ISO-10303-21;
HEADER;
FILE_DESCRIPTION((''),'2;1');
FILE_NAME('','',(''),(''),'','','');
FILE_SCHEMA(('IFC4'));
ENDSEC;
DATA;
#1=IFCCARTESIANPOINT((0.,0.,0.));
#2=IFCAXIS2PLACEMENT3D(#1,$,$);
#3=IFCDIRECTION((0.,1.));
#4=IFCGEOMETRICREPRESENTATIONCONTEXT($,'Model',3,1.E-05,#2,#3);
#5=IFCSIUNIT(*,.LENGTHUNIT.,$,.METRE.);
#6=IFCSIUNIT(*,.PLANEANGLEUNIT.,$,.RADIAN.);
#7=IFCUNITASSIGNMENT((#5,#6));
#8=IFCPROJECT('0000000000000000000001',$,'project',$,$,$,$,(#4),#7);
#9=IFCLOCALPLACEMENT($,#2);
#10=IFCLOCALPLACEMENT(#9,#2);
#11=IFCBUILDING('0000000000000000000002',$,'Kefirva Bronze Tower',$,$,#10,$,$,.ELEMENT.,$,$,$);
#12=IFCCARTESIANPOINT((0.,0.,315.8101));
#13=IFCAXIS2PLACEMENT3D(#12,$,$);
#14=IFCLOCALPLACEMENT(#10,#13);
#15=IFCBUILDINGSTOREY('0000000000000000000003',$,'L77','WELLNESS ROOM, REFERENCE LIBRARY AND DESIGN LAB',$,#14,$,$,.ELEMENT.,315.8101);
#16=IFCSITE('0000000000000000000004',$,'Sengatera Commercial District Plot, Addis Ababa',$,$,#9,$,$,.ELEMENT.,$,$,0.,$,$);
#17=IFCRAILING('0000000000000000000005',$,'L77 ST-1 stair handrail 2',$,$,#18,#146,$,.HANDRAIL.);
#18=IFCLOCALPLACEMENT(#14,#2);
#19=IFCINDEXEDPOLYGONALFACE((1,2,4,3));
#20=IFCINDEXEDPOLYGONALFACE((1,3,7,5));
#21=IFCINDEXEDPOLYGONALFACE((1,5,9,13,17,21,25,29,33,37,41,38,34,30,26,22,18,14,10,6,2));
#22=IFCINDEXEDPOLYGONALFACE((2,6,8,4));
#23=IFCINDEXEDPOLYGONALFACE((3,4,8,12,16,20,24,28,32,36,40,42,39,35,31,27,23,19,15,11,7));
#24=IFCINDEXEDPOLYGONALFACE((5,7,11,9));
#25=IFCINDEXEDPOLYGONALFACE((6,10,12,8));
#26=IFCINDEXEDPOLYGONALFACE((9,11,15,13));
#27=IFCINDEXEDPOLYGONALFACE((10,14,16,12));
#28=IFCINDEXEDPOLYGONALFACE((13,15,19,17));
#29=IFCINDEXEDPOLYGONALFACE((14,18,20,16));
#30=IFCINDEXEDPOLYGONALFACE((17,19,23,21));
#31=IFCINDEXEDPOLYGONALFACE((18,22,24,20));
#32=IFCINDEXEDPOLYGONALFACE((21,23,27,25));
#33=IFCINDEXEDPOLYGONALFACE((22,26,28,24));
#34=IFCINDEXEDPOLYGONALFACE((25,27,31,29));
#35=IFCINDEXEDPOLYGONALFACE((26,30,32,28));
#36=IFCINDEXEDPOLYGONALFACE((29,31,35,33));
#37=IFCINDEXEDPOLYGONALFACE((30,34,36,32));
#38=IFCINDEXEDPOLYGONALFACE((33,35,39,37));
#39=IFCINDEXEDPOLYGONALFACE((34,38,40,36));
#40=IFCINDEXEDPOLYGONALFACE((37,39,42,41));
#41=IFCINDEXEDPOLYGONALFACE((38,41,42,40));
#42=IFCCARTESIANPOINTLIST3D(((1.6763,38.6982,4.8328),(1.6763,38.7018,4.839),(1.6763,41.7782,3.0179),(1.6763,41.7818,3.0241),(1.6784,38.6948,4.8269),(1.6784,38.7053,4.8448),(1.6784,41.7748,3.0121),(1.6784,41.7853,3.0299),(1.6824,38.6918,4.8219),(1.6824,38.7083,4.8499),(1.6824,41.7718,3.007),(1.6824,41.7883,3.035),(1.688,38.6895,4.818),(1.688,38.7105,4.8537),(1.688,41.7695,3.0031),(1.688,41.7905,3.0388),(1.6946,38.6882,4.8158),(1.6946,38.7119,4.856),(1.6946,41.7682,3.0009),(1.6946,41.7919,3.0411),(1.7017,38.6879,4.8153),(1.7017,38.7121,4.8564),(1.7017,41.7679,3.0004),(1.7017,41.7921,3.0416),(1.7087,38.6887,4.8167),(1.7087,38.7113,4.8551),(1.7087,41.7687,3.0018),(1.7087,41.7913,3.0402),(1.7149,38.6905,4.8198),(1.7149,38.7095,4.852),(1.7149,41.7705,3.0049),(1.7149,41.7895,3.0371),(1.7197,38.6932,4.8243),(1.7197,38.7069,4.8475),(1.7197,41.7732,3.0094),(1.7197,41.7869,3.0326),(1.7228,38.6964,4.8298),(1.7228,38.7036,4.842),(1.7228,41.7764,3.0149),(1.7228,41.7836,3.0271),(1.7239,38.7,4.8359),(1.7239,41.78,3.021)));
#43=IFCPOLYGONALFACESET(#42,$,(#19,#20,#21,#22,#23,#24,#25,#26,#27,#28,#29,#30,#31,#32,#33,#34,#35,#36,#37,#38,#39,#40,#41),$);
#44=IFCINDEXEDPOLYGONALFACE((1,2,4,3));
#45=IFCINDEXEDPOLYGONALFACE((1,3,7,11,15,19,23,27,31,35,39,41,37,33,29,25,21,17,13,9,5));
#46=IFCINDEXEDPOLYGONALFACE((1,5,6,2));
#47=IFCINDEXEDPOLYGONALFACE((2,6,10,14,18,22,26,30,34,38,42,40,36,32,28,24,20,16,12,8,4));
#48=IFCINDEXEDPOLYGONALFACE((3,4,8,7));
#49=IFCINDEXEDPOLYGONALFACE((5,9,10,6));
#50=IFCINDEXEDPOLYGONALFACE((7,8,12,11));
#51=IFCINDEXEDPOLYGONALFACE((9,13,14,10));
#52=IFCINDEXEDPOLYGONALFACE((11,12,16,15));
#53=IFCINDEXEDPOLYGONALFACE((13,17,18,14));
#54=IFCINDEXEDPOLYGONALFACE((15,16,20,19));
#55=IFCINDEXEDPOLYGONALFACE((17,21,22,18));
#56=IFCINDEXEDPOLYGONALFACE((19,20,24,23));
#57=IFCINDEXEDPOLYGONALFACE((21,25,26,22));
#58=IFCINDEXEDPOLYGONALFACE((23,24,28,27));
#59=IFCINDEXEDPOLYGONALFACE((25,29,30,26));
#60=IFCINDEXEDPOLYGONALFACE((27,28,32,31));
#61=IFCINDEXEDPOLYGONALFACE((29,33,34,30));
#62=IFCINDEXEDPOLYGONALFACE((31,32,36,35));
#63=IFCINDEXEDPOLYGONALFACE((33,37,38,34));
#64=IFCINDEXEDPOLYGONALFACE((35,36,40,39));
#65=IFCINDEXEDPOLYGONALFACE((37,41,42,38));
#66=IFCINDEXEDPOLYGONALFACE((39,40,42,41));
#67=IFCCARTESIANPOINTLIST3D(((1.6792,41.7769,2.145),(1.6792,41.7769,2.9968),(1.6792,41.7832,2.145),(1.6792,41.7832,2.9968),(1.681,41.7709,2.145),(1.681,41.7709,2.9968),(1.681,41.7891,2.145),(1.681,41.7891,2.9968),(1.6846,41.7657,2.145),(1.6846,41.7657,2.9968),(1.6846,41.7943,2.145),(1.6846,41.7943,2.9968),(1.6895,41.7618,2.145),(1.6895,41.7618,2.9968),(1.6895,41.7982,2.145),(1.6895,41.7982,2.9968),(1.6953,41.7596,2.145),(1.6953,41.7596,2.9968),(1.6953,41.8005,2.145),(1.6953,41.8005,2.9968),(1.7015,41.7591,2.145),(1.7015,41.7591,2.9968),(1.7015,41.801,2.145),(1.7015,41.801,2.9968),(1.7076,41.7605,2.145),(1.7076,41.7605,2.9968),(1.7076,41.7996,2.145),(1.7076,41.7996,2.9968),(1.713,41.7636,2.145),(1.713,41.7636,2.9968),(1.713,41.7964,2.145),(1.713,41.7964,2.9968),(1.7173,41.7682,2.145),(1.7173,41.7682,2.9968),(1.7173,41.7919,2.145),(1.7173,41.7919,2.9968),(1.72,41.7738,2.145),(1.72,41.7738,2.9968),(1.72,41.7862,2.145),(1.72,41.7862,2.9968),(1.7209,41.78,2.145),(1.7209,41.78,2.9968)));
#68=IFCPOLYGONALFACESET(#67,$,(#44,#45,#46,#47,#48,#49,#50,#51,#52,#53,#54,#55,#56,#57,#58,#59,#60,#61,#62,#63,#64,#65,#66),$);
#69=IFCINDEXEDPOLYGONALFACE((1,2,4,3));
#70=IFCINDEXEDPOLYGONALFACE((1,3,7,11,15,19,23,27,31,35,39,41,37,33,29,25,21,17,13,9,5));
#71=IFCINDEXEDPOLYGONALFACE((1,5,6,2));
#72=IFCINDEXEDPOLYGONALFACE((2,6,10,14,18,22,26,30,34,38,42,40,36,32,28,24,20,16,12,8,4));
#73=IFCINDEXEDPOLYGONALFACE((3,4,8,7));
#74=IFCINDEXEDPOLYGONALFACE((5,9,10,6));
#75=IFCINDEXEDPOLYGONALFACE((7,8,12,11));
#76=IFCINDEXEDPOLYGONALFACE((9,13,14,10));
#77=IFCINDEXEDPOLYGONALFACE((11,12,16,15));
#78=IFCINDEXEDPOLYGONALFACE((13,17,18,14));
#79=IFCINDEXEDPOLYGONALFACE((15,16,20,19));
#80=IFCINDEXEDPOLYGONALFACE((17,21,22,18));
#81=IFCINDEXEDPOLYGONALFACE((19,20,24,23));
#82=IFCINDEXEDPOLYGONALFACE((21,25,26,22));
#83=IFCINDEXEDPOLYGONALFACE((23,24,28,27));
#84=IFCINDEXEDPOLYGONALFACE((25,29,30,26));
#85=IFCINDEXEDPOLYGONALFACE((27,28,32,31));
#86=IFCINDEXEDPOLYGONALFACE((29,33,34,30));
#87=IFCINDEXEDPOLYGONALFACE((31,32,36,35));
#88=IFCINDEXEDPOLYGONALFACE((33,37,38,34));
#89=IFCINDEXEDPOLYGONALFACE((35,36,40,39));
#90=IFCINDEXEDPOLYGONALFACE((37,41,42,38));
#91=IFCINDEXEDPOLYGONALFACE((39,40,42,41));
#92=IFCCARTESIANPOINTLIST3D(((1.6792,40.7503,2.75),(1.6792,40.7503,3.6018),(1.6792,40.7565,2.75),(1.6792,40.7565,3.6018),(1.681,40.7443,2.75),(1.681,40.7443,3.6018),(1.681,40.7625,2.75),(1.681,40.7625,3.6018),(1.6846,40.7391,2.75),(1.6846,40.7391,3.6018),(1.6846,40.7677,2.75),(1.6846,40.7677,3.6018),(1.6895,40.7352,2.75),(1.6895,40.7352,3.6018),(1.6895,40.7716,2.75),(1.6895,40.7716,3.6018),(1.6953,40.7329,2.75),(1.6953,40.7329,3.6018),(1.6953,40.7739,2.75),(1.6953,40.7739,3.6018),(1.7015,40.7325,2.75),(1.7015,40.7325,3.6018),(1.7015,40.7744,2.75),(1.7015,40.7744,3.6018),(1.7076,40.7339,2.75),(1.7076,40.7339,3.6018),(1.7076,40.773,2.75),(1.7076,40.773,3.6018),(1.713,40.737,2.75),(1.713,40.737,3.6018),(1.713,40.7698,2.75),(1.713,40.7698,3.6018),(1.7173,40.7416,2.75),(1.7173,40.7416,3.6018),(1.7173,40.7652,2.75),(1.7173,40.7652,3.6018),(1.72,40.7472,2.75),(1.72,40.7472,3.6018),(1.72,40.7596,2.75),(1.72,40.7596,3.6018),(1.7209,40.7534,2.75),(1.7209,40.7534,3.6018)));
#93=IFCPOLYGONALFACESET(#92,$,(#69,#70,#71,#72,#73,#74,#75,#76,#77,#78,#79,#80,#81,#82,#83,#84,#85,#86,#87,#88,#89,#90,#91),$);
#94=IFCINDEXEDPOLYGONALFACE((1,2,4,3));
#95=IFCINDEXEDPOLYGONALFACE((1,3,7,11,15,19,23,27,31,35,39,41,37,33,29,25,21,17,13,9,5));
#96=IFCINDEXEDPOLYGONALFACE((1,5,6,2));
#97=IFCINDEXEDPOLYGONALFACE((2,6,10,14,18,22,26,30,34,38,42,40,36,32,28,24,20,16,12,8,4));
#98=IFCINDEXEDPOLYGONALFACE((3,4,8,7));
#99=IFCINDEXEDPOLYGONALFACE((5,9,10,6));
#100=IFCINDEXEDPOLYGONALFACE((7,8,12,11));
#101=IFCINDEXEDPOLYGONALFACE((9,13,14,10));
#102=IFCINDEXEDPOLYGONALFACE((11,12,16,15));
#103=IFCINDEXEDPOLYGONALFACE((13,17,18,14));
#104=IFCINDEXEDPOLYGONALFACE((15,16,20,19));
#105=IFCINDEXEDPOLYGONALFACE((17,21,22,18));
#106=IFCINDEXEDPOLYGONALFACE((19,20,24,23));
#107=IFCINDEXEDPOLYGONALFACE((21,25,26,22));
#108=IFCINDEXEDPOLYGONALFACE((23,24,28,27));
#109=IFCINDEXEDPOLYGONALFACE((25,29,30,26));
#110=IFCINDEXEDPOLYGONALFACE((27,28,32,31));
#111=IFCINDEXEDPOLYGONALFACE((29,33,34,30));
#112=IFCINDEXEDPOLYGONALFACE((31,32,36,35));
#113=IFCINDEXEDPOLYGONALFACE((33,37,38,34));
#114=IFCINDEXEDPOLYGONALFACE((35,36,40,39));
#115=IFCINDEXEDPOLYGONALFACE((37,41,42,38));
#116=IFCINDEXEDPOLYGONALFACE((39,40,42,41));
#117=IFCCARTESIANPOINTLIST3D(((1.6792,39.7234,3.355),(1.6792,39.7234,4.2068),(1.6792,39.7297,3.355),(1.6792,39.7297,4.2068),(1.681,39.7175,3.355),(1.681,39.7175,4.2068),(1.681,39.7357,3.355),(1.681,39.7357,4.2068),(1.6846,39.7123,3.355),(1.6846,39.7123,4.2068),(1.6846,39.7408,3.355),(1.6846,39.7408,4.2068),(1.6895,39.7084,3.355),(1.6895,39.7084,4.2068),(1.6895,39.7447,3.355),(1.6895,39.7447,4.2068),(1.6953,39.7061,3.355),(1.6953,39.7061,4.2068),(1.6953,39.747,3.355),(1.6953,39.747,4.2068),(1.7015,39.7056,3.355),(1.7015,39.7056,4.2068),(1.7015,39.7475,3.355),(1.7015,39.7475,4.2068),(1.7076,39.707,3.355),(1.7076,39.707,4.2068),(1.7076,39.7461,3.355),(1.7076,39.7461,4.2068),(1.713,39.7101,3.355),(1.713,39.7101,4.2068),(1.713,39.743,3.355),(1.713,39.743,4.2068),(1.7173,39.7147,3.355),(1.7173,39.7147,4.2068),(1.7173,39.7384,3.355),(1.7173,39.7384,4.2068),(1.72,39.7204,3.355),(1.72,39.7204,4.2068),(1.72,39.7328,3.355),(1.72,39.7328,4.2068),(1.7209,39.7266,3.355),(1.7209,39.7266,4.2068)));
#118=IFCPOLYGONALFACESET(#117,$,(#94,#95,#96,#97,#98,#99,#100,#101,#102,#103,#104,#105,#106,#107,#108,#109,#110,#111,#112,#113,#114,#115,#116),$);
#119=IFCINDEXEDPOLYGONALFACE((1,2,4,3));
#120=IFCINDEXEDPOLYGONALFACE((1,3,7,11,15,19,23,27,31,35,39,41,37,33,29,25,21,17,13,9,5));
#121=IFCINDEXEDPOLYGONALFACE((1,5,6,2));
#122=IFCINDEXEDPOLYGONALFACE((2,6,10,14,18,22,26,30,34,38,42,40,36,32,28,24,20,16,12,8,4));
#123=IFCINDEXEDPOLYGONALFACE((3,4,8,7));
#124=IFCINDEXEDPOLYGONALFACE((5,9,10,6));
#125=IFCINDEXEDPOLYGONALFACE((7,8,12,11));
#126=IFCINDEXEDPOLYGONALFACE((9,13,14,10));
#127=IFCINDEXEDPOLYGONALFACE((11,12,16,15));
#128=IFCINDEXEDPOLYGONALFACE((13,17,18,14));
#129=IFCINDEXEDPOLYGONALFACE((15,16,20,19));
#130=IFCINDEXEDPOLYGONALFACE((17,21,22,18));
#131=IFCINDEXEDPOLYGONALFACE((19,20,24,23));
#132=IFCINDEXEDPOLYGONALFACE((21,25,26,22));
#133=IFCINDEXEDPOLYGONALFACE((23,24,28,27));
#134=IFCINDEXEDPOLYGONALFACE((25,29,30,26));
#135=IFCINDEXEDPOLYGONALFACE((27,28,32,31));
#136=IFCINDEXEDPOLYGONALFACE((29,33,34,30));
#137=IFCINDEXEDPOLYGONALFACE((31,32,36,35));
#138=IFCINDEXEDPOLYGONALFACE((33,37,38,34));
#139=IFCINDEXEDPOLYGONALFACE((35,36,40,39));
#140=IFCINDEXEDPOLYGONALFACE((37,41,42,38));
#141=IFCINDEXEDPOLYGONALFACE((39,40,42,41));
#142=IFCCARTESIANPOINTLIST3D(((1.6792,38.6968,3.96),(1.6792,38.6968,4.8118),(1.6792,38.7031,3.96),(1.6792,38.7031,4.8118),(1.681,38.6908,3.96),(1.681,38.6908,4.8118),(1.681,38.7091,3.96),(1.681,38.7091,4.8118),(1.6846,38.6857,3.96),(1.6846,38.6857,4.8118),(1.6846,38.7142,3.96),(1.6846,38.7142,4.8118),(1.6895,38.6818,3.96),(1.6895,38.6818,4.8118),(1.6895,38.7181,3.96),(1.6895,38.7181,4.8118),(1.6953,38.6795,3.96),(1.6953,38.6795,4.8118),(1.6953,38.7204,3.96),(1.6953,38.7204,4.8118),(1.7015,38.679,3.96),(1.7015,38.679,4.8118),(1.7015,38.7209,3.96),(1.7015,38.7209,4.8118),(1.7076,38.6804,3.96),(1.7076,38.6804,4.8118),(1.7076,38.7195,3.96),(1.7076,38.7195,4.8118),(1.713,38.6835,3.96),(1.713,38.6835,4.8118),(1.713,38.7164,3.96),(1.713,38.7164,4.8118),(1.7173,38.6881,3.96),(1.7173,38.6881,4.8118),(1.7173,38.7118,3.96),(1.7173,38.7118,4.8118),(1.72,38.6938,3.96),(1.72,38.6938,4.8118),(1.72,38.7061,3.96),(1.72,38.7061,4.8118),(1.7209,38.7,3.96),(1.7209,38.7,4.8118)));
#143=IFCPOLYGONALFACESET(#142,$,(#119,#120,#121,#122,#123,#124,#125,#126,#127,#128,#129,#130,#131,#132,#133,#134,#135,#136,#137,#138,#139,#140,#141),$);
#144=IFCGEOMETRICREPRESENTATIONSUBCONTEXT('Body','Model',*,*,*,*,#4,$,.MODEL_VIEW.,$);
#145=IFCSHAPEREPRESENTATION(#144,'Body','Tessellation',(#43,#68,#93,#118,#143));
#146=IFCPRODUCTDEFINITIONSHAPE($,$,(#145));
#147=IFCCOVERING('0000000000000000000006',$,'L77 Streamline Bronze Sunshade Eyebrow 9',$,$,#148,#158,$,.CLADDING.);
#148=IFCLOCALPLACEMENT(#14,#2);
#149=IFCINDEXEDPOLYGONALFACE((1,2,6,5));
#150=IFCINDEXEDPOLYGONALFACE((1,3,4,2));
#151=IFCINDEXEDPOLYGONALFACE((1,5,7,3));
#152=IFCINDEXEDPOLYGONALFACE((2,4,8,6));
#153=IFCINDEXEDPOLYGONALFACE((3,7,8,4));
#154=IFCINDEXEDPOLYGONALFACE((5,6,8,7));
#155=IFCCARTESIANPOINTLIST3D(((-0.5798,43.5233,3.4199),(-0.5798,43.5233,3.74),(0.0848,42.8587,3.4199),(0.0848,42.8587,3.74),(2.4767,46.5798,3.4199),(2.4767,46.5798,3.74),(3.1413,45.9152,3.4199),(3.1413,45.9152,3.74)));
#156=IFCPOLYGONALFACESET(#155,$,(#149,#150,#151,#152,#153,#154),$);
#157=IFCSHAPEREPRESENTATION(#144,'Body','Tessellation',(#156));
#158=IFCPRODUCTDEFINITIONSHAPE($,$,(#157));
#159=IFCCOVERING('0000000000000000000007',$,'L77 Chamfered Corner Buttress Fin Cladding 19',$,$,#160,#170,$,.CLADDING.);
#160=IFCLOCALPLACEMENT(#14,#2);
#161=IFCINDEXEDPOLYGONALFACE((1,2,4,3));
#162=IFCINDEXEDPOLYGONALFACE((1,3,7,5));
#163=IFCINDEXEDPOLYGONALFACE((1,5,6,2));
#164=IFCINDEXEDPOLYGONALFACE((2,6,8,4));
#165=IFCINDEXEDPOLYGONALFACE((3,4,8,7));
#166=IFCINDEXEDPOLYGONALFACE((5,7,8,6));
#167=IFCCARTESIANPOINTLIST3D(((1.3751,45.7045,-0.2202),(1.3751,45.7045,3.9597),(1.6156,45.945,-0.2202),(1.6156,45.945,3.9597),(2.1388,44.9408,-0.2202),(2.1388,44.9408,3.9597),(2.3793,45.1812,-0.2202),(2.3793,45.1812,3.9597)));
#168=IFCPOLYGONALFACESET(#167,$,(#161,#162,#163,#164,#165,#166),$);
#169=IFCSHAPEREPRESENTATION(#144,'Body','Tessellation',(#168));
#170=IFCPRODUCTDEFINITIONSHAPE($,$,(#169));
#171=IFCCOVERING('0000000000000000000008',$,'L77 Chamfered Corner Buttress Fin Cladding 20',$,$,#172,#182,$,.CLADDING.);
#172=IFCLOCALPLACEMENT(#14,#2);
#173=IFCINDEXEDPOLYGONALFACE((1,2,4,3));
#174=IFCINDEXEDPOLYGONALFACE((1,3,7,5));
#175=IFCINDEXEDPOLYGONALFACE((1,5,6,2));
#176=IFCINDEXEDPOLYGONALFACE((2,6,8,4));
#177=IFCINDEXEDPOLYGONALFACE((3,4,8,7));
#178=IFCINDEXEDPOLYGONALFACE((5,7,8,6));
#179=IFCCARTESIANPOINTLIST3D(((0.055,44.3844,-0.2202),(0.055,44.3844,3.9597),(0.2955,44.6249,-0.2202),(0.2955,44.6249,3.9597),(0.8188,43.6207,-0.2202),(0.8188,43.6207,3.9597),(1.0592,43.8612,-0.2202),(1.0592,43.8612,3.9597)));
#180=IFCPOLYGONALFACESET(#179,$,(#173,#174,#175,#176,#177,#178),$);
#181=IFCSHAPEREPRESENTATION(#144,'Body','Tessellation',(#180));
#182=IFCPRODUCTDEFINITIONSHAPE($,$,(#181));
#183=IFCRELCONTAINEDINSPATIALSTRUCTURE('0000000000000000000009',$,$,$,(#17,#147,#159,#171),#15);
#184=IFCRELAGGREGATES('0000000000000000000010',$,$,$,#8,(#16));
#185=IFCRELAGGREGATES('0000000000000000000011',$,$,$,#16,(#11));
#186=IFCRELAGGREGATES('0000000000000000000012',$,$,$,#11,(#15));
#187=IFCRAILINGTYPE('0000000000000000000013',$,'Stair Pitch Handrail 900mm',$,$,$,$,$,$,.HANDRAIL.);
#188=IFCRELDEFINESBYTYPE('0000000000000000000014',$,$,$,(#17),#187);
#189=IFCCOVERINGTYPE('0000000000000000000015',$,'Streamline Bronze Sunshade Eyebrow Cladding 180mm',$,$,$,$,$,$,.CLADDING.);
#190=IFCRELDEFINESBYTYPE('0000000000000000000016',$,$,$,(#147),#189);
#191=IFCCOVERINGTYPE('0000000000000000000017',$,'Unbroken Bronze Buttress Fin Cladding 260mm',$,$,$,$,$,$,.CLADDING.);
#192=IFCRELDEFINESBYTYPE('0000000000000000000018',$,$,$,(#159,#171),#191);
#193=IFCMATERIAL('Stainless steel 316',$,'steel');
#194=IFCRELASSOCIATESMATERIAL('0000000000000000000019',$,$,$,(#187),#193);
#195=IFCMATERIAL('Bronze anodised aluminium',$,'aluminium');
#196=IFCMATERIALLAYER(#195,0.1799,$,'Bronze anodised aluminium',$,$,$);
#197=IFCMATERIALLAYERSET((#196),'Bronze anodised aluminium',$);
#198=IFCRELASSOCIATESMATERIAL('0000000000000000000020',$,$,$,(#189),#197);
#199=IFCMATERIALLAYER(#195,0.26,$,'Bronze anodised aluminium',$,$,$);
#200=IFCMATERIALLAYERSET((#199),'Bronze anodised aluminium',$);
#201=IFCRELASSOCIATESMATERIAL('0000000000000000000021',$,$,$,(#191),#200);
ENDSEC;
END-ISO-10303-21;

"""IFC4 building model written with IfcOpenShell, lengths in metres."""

from ifc_helpers import new_model, si_unit, direction, frame, origin, origin_2d, place, context, subcontext, project, spatial, rectangle, circle, extrude, material, layer, layer_set, type_object, element, save


model = new_model("IFC4")

# Units and contexts
model_context = context("Model", 3, precision=1e-05, world=origin(), true_north=direction((0.0, 1.0)))
body_context = subcontext(model_context, "Body", "Model", "MODEL_VIEW")
ifc_project = project(units=[si_unit("LENGTHUNIT", "METRE"), si_unit("PLANEANGLEUNIT", "RADIAN")], contexts=[model_context])

# Site, building, storey
site_placement = place(None, origin())
site = spatial("IfcSite", under=ifc_project, at=site_placement, Name="Sengatera Commercial District Plot, Addis Ababa", CompositionType="ELEMENT", RefElevation=0.0)
building_placement = place(site_placement, origin())
building = spatial("IfcBuilding", under=site, at=building_placement, Name="Kefirva Bronze Tower", CompositionType="ELEMENT")
storey_placement = place(building_placement, frame((0.0, 0.0, 315.8101)))
storey = spatial("IfcBuildingStorey", under=building, at=storey_placement, Name="L77", Description="WELLNESS ROOM, REFERENCE LIBRARY AND DESIGN LAB", CompositionType="ELEMENT", Elevation=315.8101)

# Shared definitions
ifc_material_1 = material(Name="Bronze anodised aluminium", Category="aluminium")

# Railing
ifc_material_2 = material(Name="Stainless steel 316", Category="steel")
railing_type_1 = type_object("IfcRailingType", Name="Stair Pitch Handrail 900mm", PredefinedType="HANDRAIL", material=ifc_material_2)
railing_1_placement = place(storey_placement, frame((1.7, 41.78, 2.145)))
element("IfcRailing", 1, at=railing_1_placement, inside=storey, type_object=railing_type_1, Name="L77 ST-1 stair handrail 2", PredefinedType="HANDRAIL", context=body_context, shape_type="SweptSolid", body=[
    extrude(circle(Radius=0.0239, at=origin_2d()), frame((0.0, 0.0, 0.876), z_axis=(0.0, -0.861551, 0.507671), x_axis=(1.0, 0.0, 0.0)), (0.0, 0.0, 1.0), 3.575),
    extrude(circle(Radius=0.021, at=origin_2d()), origin(), (0.0, 0.0, 1.0), 0.8518),
    extrude(circle(Radius=0.021, at=origin_2d()), frame((0.0, -1.0266, 0.605)), (0.0, 0.0, 1.0), 0.8518),
    extrude(circle(Radius=0.021, at=origin_2d()), frame((0.0, -2.0535, 1.21)), (0.0, 0.0, 1.0), 0.8518),
    extrude(circle(Radius=0.021, at=origin_2d()), frame((0.0, -3.0801, 1.8149)), (0.0, 0.0, 1.0), 0.8518),
])

# Coverings
ifc_layer_1 = layer(ifc_material_1, 0.1799, Name="Bronze anodised aluminium")
ifc_layer_set_1 = layer_set([ifc_layer_1], Name="Bronze anodised aluminium")
covering_type_1 = type_object("IfcCoveringType", Name="Streamline Bronze Sunshade Eyebrow Cladding 180mm", PredefinedType="CLADDING", material=ifc_layer_set_1)
covering_1_placement = place(storey_placement, frame((1.2808, 44.7192, 3.4199), z_axis=(0.0, 0.0, 1.0), x_axis=(-0.707107, -0.707107, 0.0)))
element("IfcCovering", 2, at=covering_1_placement, inside=storey, type_object=covering_type_1, Name="L77 Streamline Bronze Sunshade Eyebrow 9", PredefinedType="CLADDING", context=body_context, shape_type="SweptSolid", body=[
    extrude(rectangle(XDim=4.3225, YDim=0.9399, at=origin_2d()), origin(), (0.0, 0.0, 1.0), 0.3201),
])
ifc_layer_2 = layer(ifc_material_1, 0.26, Name="Bronze anodised aluminium")
ifc_layer_set_2 = layer_set([ifc_layer_2], Name="Bronze anodised aluminium")
covering_type_2 = type_object("IfcCoveringType", Name="Unbroken Bronze Buttress Fin Cladding 260mm", PredefinedType="CLADDING", material=ifc_layer_set_2)
for number, where, z_axis, x_axis, name in (
    (3, (1.8772, 45.4429, -0.2202), (0.0, 0.0, 1.0), (-0.707107, -0.707107, 0.0), "L77 Chamfered Corner Buttress Fin Cladding 19"),
    (4, (0.5571, 44.1228, -0.2202), (0.0, 0.0, 1.0), (-0.707107, -0.707107, 0.0), "L77 Chamfered Corner Buttress Fin Cladding 20"),
):
    element("IfcCovering", number, at=place(storey_placement, frame(where, z_axis=z_axis, x_axis=x_axis)), inside=storey, type_object=covering_type_2, Name=name, PredefinedType="CLADDING", context=body_context, shape_type="SweptSolid", body=[
        extrude(rectangle(XDim=0.3401, YDim=1.0801, at=origin_2d()), origin(), (0.0, 0.0, 1.0), 4.1799),
    ])

save(model, "model.ifc")
